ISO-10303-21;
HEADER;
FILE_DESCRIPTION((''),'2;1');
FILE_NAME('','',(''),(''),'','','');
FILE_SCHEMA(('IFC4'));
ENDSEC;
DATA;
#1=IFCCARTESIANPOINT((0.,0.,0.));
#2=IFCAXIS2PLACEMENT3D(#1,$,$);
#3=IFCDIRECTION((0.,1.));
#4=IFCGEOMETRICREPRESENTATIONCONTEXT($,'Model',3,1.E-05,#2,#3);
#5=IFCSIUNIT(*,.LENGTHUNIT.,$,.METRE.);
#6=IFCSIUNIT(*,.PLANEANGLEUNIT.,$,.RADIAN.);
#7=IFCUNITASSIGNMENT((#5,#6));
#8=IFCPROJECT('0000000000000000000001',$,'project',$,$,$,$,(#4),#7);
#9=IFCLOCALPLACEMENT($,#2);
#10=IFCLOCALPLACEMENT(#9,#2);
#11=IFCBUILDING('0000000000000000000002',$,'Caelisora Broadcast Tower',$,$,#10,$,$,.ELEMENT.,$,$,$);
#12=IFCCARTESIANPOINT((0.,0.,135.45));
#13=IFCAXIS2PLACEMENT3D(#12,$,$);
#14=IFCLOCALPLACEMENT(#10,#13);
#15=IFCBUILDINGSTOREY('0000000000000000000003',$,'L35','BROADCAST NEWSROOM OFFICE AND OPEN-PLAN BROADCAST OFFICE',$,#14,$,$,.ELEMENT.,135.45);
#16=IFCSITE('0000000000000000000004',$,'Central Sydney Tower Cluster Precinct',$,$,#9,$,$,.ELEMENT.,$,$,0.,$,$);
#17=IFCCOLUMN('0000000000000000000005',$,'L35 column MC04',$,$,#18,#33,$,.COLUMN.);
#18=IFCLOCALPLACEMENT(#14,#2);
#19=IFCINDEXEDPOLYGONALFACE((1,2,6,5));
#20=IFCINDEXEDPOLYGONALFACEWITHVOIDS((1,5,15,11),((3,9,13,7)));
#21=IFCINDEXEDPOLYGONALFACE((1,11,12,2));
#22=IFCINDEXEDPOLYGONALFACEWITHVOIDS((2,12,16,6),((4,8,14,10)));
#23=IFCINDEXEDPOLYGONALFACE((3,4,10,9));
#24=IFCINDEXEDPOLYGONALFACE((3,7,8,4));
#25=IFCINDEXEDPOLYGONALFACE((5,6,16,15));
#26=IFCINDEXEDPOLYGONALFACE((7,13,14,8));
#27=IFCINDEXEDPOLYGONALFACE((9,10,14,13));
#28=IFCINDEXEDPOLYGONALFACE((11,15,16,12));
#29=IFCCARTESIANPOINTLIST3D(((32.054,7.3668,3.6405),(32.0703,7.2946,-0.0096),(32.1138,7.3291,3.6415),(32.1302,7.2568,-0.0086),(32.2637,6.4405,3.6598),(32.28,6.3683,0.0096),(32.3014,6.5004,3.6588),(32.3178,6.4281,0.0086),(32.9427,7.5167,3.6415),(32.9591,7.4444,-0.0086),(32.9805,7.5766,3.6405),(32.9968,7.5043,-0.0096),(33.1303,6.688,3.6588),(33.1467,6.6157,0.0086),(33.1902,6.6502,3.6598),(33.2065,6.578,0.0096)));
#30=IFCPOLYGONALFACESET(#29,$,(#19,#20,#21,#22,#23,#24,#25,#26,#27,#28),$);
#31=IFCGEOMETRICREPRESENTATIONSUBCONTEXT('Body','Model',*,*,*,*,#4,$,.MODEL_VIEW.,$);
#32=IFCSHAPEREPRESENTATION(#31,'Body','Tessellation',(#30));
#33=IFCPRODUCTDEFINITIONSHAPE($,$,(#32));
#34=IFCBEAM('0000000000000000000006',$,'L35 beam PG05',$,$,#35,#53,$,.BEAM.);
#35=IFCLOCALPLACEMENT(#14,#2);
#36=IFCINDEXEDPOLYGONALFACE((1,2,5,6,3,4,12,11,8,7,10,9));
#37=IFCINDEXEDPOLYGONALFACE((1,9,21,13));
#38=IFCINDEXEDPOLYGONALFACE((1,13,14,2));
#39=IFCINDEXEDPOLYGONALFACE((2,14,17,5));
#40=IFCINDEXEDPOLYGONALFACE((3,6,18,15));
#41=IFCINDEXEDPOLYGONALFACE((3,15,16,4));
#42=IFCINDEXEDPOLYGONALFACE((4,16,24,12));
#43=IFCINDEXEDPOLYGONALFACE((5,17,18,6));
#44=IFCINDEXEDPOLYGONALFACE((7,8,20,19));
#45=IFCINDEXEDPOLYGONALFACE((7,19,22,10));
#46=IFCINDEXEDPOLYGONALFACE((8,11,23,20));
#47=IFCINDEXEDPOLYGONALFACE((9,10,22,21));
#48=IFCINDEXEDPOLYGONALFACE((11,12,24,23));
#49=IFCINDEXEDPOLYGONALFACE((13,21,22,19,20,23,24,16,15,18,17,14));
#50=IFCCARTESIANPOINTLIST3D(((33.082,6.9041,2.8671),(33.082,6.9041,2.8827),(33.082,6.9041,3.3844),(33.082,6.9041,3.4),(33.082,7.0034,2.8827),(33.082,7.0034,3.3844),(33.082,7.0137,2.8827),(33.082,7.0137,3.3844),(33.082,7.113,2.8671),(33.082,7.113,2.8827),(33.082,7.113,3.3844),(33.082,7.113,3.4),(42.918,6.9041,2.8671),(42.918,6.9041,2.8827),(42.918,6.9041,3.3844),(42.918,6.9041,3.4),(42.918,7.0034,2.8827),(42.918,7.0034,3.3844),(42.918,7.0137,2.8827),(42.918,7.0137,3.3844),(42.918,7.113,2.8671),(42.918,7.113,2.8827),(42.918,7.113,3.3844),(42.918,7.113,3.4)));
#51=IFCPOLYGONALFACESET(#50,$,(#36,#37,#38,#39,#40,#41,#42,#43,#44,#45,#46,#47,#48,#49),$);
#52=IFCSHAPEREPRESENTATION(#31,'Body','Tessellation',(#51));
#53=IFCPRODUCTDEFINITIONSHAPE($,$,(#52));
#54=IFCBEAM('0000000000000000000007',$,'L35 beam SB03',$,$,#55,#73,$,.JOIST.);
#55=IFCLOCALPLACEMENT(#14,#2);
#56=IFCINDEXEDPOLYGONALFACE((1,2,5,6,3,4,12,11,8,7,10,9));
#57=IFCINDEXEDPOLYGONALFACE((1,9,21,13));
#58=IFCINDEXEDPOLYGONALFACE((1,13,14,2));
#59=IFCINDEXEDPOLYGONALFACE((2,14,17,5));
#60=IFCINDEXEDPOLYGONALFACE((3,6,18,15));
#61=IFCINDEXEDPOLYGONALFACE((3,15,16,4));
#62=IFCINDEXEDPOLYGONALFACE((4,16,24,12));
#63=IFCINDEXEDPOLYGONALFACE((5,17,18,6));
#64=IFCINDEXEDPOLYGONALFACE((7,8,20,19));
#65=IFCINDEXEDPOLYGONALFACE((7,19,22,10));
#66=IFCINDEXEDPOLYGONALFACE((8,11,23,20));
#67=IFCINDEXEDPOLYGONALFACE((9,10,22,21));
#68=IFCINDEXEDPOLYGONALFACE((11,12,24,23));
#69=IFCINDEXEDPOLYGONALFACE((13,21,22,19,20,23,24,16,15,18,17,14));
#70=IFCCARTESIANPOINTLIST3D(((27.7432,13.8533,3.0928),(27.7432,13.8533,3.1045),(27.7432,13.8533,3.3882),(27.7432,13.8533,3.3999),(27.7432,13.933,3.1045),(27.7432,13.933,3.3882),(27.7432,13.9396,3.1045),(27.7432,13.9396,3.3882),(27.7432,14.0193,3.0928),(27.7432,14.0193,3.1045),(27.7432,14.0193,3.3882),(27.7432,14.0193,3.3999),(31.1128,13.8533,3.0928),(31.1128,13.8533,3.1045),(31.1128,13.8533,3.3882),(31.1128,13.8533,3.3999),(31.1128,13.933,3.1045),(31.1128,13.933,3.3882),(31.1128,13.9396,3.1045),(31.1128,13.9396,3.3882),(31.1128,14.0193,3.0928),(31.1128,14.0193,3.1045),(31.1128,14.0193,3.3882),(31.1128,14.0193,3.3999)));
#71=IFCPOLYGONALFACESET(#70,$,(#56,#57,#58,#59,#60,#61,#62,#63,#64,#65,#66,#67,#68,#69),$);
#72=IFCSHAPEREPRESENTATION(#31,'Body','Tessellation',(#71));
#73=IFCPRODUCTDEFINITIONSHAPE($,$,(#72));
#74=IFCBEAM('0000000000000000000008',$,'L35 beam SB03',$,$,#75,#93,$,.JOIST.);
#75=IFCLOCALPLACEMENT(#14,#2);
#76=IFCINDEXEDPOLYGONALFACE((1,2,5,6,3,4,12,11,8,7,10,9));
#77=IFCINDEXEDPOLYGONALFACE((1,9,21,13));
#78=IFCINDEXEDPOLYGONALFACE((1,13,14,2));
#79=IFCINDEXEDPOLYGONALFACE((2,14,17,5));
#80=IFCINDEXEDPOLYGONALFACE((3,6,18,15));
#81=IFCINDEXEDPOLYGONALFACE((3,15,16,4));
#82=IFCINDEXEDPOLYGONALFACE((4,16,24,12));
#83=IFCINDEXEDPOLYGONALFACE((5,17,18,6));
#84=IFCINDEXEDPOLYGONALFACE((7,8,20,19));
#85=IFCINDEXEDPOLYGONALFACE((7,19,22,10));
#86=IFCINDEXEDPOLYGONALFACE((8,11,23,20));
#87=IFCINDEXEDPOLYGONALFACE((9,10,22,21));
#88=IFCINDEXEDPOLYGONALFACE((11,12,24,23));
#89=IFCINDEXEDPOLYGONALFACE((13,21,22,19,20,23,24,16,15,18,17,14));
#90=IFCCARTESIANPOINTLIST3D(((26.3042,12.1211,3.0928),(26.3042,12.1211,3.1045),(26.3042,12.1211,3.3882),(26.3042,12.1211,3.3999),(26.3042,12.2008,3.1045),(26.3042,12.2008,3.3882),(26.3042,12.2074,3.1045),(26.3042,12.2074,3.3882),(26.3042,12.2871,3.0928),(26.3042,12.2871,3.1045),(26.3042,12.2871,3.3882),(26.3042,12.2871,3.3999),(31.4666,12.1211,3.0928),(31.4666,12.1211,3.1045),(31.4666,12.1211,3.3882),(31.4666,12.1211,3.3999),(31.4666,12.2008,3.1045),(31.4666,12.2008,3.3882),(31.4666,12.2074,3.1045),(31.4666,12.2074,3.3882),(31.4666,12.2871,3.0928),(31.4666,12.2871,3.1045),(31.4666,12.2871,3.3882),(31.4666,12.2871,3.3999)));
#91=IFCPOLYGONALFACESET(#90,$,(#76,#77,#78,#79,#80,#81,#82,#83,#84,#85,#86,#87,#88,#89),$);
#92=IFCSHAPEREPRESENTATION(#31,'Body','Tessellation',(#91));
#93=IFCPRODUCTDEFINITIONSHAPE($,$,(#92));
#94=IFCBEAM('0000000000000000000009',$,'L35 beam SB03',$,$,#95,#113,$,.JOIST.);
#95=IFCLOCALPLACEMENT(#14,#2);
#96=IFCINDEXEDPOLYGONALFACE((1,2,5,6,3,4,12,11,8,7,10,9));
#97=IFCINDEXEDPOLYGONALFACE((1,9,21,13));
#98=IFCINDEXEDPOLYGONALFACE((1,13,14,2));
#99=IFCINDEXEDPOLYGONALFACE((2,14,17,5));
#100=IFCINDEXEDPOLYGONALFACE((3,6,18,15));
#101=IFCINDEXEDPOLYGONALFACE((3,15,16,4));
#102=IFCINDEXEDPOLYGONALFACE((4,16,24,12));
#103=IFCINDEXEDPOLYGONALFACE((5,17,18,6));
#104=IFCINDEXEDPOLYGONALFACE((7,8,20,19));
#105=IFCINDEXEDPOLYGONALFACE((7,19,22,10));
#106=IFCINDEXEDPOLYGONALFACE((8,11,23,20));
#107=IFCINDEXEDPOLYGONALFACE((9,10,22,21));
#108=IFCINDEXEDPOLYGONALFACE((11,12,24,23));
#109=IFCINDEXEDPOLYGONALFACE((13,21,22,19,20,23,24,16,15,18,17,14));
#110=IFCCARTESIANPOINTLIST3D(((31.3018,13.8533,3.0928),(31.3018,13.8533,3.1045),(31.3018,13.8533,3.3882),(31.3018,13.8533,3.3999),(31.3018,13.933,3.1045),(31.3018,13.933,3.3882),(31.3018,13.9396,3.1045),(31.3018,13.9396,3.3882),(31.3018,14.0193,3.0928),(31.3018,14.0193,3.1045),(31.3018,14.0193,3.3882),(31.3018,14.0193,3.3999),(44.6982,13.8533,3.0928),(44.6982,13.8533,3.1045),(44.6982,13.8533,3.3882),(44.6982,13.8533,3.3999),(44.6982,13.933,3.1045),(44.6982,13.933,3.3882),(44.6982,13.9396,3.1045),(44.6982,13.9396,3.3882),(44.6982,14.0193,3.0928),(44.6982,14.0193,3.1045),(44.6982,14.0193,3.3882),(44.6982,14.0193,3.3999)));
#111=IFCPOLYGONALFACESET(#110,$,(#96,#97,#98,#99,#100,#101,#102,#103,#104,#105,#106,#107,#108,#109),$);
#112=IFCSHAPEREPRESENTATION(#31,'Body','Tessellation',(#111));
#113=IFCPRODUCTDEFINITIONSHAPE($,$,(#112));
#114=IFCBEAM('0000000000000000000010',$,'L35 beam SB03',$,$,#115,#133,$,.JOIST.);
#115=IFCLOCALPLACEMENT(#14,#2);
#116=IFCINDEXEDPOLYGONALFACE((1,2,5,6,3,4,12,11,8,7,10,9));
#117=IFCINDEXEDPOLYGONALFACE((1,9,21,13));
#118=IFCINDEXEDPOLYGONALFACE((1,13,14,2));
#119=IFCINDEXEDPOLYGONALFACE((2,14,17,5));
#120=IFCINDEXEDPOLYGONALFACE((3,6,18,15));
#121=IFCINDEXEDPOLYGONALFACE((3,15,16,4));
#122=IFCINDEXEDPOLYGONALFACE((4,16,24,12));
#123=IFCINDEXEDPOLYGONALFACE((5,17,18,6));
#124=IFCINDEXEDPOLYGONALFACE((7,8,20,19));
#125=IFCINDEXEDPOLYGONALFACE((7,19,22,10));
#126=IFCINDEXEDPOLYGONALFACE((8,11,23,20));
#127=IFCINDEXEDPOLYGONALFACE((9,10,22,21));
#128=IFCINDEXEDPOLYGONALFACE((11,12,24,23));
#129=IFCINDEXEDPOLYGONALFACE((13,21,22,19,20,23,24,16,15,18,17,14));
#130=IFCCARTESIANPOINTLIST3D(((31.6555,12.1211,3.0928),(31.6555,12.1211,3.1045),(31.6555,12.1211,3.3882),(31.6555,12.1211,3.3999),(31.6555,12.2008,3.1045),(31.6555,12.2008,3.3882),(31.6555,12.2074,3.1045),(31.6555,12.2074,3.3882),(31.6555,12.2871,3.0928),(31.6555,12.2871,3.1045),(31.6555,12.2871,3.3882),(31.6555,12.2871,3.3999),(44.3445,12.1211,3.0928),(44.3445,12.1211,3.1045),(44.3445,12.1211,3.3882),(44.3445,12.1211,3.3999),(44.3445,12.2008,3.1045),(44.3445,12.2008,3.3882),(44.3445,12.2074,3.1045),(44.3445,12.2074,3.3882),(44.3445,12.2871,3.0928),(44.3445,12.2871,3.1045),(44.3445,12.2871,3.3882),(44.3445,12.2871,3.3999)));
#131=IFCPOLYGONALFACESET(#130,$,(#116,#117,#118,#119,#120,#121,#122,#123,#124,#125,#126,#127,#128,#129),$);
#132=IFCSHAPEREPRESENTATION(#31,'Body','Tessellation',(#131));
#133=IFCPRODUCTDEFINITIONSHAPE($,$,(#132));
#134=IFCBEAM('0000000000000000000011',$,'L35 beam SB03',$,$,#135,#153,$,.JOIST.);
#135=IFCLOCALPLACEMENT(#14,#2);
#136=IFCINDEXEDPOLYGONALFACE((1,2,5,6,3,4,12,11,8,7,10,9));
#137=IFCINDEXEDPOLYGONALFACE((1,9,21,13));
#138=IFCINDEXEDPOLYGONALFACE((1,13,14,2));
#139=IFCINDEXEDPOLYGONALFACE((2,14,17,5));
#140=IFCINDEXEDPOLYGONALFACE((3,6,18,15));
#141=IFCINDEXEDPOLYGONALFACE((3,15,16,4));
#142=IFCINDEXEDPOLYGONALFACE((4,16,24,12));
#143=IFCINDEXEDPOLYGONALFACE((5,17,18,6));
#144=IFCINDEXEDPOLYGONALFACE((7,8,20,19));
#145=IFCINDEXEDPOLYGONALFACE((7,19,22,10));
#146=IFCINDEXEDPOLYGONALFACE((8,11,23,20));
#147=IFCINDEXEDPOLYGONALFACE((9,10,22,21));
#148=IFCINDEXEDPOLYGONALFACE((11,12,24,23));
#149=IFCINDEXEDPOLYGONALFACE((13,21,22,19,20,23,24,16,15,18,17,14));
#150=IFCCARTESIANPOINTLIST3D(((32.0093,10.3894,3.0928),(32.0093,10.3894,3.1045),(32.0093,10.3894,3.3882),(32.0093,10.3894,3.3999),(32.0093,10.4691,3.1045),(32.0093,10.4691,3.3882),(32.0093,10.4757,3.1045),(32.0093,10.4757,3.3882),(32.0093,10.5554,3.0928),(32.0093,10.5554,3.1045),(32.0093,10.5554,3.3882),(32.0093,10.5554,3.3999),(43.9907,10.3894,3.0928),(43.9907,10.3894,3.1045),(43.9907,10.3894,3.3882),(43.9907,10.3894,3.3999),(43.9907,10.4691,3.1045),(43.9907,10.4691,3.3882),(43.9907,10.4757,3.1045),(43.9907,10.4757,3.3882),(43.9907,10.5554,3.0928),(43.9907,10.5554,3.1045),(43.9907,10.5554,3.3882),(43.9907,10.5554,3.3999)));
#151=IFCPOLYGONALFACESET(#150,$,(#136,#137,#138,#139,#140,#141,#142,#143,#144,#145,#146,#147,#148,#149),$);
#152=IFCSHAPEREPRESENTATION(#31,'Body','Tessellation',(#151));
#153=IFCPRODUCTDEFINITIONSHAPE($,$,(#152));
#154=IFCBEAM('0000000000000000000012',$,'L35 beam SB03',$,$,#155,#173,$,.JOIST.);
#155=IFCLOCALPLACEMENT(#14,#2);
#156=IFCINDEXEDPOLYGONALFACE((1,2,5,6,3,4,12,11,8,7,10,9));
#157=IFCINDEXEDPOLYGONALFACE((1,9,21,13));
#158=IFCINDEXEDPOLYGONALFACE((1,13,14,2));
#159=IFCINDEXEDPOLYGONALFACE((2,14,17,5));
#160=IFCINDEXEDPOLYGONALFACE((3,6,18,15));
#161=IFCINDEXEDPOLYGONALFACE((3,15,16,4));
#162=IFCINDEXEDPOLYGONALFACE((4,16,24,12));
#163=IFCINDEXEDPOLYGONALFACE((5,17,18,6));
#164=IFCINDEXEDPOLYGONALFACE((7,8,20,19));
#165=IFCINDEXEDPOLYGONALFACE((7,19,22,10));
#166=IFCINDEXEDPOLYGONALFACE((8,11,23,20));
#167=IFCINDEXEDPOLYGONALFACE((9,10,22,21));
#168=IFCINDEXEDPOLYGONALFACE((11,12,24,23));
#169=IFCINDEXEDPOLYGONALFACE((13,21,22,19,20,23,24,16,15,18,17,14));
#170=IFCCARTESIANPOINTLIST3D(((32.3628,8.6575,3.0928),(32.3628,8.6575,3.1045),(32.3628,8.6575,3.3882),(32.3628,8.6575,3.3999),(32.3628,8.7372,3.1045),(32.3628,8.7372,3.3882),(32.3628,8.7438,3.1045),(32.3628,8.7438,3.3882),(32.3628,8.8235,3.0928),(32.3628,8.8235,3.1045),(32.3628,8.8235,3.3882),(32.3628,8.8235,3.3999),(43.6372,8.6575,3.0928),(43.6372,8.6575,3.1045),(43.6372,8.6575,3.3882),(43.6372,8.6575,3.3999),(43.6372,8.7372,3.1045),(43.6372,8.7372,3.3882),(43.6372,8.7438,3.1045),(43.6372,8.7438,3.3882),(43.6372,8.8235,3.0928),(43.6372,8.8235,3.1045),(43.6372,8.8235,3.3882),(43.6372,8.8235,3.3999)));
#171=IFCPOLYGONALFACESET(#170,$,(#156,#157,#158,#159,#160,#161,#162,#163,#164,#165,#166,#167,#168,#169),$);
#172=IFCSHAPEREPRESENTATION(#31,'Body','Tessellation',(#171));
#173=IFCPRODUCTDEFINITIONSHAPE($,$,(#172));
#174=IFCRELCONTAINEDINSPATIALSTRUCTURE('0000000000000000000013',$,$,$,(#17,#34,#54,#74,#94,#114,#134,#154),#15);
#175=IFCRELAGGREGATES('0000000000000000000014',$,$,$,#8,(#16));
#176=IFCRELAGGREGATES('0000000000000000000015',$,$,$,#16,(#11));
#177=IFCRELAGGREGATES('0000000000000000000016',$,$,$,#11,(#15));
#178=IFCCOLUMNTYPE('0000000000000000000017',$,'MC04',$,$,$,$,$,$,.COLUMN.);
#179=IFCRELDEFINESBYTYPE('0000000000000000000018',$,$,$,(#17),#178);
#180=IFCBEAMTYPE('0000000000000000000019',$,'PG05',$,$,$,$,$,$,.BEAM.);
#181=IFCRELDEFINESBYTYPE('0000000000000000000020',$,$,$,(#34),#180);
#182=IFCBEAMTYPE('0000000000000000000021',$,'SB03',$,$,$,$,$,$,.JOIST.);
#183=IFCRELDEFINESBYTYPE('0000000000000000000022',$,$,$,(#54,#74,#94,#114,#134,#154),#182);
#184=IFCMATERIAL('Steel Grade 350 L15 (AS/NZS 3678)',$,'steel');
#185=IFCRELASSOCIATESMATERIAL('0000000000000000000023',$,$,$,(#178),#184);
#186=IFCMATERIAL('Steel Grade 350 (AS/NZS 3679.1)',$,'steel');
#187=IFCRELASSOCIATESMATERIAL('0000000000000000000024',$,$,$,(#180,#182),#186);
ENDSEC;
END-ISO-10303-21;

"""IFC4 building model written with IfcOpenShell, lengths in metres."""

from ifc_helpers import new_model, si_unit, direction, frame, origin, origin_2d, place, context, subcontext, project, spatial, hollow_rectangle, i_section, extrude, source, transform, mapped, material, material_profile, profile_set, type_object, type_shapes, element, save


model = new_model("IFC4")

# Units and contexts
model_context = context("Model", 3, precision=1e-05, world=origin(), true_north=direction((0.0, 1.0)))
body_context = subcontext(model_context, "Body", "Model", "MODEL_VIEW")
ifc_project = project(units=[si_unit("LENGTHUNIT", "METRE"), si_unit("PLANEANGLEUNIT", "RADIAN")], contexts=[model_context])

# Site, building, storey
site_placement = place(None, origin())
site = spatial("IfcSite", under=ifc_project, at=site_placement, Name="Central Sydney Tower Cluster Precinct", CompositionType="ELEMENT", RefElevation=0.0)
building_placement = place(site_placement, origin())
building = spatial("IfcBuilding", under=site, at=building_placement, Name="Caelisora Broadcast Tower", CompositionType="ELEMENT")
storey_placement = place(building_placement, frame((0.0, 0.0, 135.45)))
storey = spatial("IfcBuildingStorey", under=building, at=storey_placement, Name="L35", Description="BROADCAST NEWSROOM OFFICE AND OPEN-PLAN BROADCAST OFFICE", CompositionType="ELEMENT", Elevation=135.45)

# Column
ifc_material_1 = material(Name="Steel Grade 350 L15 (AS/NZS 3678)", Category="steel")
ifc_material_profile_1 = material_profile(ifc_material_1, hollow_rectangle(XDim=0.95, YDim=0.95, WallThickness=0.05, at=origin_2d()), Name="Steel Grade 350 L15 (AS/NZS 3678)")
ifc_profile_set_1 = profile_set([ifc_material_profile_1], Name="Steel Grade 350 L15 (AS/NZS 3678)")
column_type = type_object("IfcColumnType", Name="MC04", PredefinedType="COLUMN", material=ifc_profile_set_1)
shared_shape_1 = source(origin(), body_context, "Body", "SweptSolid", [
    extrude(hollow_rectangle(XDim=0.95, YDim=0.95, WallThickness=0.05, at=origin_2d()), origin(), (0.0, 0.0, 1.0), 3.6509),
])
type_shapes(column_type, [shared_shape_1])
column_placement = place(storey_placement, frame((32.6384, 6.9363, 0.0), z_axis=(-0.00448, 0.019794, 0.999794), x_axis=(-0.975327, -0.220767, 0.0)))
element("IfcColumn", 1, at=column_placement, inside=storey, type_object=column_type, Name="L35 column MC04", PredefinedType="COLUMN", context=body_context, shape_type="MappedRepresentation", body=[
    mapped(shared_shape_1, transform((0.0, 0.0, 0.0), scale=1.0)),
])

# Beams
ifc_material_2 = material(Name="Steel Grade 350 (AS/NZS 3679.1)", Category="steel")
ifc_material_profile_2 = material_profile(ifc_material_2, i_section(OverallWidth=0.209, OverallDepth=0.533, WebThickness=0.0103, FlangeThickness=0.0156, at=origin_2d()), Name="Steel Grade 350 (AS/NZS 3679.1)")
ifc_profile_set_2 = profile_set([ifc_material_profile_2], Name="Steel Grade 350 (AS/NZS 3679.1)")
beam_type_1 = type_object("IfcBeamType", Name="PG05", PredefinedType="BEAM", material=ifc_profile_set_2)
shared_shape_2 = source(origin(), body_context, "Body", "SweptSolid", [
    extrude(i_section(OverallWidth=0.209, OverallDepth=0.533, WebThickness=0.0103, FlangeThickness=0.0156, at=origin_2d()), origin(), (0.0, 0.0, 1.0), 9.8359),
])
type_shapes(beam_type_1, [shared_shape_2])
beam_1_placement = place(storey_placement, frame((33.082, 7.0085, 3.1335), z_axis=(1.0, 0.0, 0.0), x_axis=(0.0, 1.0, 0.0)))
element("IfcBeam", 2, at=beam_1_placement, inside=storey, type_object=beam_type_1, Name="L35 beam PG05", PredefinedType="BEAM", context=body_context, shape_type="MappedRepresentation", body=[
    mapped(shared_shape_2, transform((0.0, 0.0, 0.0), scale=1.0)),
])
ifc_material_profile_3 = material_profile(ifc_material_2, i_section(OverallWidth=0.166, OverallDepth=0.3071, WebThickness=0.0066, FlangeThickness=0.0117, at=origin_2d()), Name="Steel Grade 350 (AS/NZS 3679.1)")
ifc_profile_set_3 = profile_set([ifc_material_profile_3], Name="Steel Grade 350 (AS/NZS 3679.1)")
beam_type_2 = type_object("IfcBeamType", Name="SB03", PredefinedType="JOIST", material=ifc_profile_set_3)
shared_shape_3 = source(origin(), body_context, "Body", "SweptSolid", [
    extrude(i_section(OverallWidth=0.166, OverallDepth=0.3071, WebThickness=0.0066, FlangeThickness=0.0117, at=origin_2d()), origin(), (0.0, 0.0, 1.0), 3.3696),
])
beam_2_placement = place(storey_placement, frame((27.7432, 13.9363, 3.2463), z_axis=(1.0, 0.0, 0.0), x_axis=(0.0, 1.0, 0.0)))
element("IfcBeam", 3, at=beam_2_placement, inside=storey, type_object=beam_type_2, Name="L35 beam SB03", PredefinedType="JOIST", context=body_context, shape_type="MappedRepresentation", body=[
    mapped(shared_shape_3, transform((0.0, 0.0, 0.0), scale=1.0)),
])
shared_shape_4 = source(origin(), body_context, "Body", "SweptSolid", [
    extrude(i_section(OverallWidth=0.166, OverallDepth=0.3071, WebThickness=0.0066, FlangeThickness=0.0117, at=origin_2d()), origin(), (0.0, 0.0, 1.0), 5.1624),
])
beam_3_placement = place(storey_placement, frame((26.3042, 12.2041, 3.2463), z_axis=(1.0, 0.0, 0.0), x_axis=(0.0, 1.0, 0.0)))
element("IfcBeam", 4, at=beam_3_placement, inside=storey, type_object=beam_type_2, Name="L35 beam SB03", PredefinedType="JOIST", context=body_context, shape_type="MappedRepresentation", body=[
    mapped(shared_shape_4, transform((0.0, 0.0, 0.0), scale=1.0)),
])
shared_shape_5 = source(origin(), body_context, "Body", "SweptSolid", [
    extrude(i_section(OverallWidth=0.166, OverallDepth=0.3071, WebThickness=0.0066, FlangeThickness=0.0117, at=origin_2d()), origin(), (0.0, 0.0, 1.0), 13.3965),
])
beam_4_placement = place(storey_placement, frame((31.3018, 13.9363, 3.2463), z_axis=(1.0, 0.0, 0.0), x_axis=(0.0, 1.0, 0.0)))
element("IfcBeam", 5, at=beam_4_placement, inside=storey, type_object=beam_type_2, Name="L35 beam SB03", PredefinedType="JOIST", context=body_context, shape_type="MappedRepresentation", body=[
    mapped(shared_shape_5, transform((0.0, 0.0, 0.0), scale=1.0)),
])
shared_shape_6 = source(origin(), body_context, "Body", "SweptSolid", [
    extrude(i_section(OverallWidth=0.166, OverallDepth=0.3071, WebThickness=0.0066, FlangeThickness=0.0117, at=origin_2d()), origin(), (0.0, 0.0, 1.0), 12.689),
])
beam_5_placement = place(storey_placement, frame((31.6555, 12.2041, 3.2463), z_axis=(1.0, 0.0, 0.0), x_axis=(0.0, 1.0, 0.0)))
element("IfcBeam", 6, at=beam_5_placement, inside=storey, type_object=beam_type_2, Name="L35 beam SB03", PredefinedType="JOIST", context=body_context, shape_type="MappedRepresentation", body=[
    mapped(shared_shape_6, transform((0.0, 0.0, 0.0), scale=1.0)),
])
shared_shape_7 = source(origin(), body_context, "Body", "SweptSolid", [
    extrude(i_section(OverallWidth=0.166, OverallDepth=0.3071, WebThickness=0.0066, FlangeThickness=0.0117, at=origin_2d()), origin(), (0.0, 0.0, 1.0), 11.9814),
])
beam_6_placement = place(storey_placement, frame((32.0093, 10.4724, 3.2463), z_axis=(1.0, 0.0, 0.0), x_axis=(0.0, 1.0, 0.0)))
element("IfcBeam", 7, at=beam_6_placement, inside=storey, type_object=beam_type_2, Name="L35 beam SB03", PredefinedType="JOIST", context=body_context, shape_type="MappedRepresentation", body=[
    mapped(shared_shape_7, transform((0.0, 0.0, 0.0), scale=1.0)),
])
shared_shape_8 = source(origin(), body_context, "Body", "SweptSolid", [
    extrude(i_section(OverallWidth=0.166, OverallDepth=0.3071, WebThickness=0.0066, FlangeThickness=0.0117, at=origin_2d()), origin(), (0.0, 0.0, 1.0), 11.2744),
])
type_shapes(beam_type_2, [shared_shape_3, shared_shape_4, shared_shape_5, shared_shape_6, shared_shape_7, shared_shape_8])
beam_7_placement = place(storey_placement, frame((32.3628, 8.7405, 3.2463), z_axis=(1.0, 0.0, 0.0), x_axis=(0.0, 1.0, 0.0)))
element("IfcBeam", 8, at=beam_7_placement, inside=storey, type_object=beam_type_2, Name="L35 beam SB03", PredefinedType="JOIST", context=body_context, shape_type="MappedRepresentation", body=[
    mapped(shared_shape_8, transform((0.0, 0.0, 0.0), scale=1.0)),
])

save(model, "model.ifc")
